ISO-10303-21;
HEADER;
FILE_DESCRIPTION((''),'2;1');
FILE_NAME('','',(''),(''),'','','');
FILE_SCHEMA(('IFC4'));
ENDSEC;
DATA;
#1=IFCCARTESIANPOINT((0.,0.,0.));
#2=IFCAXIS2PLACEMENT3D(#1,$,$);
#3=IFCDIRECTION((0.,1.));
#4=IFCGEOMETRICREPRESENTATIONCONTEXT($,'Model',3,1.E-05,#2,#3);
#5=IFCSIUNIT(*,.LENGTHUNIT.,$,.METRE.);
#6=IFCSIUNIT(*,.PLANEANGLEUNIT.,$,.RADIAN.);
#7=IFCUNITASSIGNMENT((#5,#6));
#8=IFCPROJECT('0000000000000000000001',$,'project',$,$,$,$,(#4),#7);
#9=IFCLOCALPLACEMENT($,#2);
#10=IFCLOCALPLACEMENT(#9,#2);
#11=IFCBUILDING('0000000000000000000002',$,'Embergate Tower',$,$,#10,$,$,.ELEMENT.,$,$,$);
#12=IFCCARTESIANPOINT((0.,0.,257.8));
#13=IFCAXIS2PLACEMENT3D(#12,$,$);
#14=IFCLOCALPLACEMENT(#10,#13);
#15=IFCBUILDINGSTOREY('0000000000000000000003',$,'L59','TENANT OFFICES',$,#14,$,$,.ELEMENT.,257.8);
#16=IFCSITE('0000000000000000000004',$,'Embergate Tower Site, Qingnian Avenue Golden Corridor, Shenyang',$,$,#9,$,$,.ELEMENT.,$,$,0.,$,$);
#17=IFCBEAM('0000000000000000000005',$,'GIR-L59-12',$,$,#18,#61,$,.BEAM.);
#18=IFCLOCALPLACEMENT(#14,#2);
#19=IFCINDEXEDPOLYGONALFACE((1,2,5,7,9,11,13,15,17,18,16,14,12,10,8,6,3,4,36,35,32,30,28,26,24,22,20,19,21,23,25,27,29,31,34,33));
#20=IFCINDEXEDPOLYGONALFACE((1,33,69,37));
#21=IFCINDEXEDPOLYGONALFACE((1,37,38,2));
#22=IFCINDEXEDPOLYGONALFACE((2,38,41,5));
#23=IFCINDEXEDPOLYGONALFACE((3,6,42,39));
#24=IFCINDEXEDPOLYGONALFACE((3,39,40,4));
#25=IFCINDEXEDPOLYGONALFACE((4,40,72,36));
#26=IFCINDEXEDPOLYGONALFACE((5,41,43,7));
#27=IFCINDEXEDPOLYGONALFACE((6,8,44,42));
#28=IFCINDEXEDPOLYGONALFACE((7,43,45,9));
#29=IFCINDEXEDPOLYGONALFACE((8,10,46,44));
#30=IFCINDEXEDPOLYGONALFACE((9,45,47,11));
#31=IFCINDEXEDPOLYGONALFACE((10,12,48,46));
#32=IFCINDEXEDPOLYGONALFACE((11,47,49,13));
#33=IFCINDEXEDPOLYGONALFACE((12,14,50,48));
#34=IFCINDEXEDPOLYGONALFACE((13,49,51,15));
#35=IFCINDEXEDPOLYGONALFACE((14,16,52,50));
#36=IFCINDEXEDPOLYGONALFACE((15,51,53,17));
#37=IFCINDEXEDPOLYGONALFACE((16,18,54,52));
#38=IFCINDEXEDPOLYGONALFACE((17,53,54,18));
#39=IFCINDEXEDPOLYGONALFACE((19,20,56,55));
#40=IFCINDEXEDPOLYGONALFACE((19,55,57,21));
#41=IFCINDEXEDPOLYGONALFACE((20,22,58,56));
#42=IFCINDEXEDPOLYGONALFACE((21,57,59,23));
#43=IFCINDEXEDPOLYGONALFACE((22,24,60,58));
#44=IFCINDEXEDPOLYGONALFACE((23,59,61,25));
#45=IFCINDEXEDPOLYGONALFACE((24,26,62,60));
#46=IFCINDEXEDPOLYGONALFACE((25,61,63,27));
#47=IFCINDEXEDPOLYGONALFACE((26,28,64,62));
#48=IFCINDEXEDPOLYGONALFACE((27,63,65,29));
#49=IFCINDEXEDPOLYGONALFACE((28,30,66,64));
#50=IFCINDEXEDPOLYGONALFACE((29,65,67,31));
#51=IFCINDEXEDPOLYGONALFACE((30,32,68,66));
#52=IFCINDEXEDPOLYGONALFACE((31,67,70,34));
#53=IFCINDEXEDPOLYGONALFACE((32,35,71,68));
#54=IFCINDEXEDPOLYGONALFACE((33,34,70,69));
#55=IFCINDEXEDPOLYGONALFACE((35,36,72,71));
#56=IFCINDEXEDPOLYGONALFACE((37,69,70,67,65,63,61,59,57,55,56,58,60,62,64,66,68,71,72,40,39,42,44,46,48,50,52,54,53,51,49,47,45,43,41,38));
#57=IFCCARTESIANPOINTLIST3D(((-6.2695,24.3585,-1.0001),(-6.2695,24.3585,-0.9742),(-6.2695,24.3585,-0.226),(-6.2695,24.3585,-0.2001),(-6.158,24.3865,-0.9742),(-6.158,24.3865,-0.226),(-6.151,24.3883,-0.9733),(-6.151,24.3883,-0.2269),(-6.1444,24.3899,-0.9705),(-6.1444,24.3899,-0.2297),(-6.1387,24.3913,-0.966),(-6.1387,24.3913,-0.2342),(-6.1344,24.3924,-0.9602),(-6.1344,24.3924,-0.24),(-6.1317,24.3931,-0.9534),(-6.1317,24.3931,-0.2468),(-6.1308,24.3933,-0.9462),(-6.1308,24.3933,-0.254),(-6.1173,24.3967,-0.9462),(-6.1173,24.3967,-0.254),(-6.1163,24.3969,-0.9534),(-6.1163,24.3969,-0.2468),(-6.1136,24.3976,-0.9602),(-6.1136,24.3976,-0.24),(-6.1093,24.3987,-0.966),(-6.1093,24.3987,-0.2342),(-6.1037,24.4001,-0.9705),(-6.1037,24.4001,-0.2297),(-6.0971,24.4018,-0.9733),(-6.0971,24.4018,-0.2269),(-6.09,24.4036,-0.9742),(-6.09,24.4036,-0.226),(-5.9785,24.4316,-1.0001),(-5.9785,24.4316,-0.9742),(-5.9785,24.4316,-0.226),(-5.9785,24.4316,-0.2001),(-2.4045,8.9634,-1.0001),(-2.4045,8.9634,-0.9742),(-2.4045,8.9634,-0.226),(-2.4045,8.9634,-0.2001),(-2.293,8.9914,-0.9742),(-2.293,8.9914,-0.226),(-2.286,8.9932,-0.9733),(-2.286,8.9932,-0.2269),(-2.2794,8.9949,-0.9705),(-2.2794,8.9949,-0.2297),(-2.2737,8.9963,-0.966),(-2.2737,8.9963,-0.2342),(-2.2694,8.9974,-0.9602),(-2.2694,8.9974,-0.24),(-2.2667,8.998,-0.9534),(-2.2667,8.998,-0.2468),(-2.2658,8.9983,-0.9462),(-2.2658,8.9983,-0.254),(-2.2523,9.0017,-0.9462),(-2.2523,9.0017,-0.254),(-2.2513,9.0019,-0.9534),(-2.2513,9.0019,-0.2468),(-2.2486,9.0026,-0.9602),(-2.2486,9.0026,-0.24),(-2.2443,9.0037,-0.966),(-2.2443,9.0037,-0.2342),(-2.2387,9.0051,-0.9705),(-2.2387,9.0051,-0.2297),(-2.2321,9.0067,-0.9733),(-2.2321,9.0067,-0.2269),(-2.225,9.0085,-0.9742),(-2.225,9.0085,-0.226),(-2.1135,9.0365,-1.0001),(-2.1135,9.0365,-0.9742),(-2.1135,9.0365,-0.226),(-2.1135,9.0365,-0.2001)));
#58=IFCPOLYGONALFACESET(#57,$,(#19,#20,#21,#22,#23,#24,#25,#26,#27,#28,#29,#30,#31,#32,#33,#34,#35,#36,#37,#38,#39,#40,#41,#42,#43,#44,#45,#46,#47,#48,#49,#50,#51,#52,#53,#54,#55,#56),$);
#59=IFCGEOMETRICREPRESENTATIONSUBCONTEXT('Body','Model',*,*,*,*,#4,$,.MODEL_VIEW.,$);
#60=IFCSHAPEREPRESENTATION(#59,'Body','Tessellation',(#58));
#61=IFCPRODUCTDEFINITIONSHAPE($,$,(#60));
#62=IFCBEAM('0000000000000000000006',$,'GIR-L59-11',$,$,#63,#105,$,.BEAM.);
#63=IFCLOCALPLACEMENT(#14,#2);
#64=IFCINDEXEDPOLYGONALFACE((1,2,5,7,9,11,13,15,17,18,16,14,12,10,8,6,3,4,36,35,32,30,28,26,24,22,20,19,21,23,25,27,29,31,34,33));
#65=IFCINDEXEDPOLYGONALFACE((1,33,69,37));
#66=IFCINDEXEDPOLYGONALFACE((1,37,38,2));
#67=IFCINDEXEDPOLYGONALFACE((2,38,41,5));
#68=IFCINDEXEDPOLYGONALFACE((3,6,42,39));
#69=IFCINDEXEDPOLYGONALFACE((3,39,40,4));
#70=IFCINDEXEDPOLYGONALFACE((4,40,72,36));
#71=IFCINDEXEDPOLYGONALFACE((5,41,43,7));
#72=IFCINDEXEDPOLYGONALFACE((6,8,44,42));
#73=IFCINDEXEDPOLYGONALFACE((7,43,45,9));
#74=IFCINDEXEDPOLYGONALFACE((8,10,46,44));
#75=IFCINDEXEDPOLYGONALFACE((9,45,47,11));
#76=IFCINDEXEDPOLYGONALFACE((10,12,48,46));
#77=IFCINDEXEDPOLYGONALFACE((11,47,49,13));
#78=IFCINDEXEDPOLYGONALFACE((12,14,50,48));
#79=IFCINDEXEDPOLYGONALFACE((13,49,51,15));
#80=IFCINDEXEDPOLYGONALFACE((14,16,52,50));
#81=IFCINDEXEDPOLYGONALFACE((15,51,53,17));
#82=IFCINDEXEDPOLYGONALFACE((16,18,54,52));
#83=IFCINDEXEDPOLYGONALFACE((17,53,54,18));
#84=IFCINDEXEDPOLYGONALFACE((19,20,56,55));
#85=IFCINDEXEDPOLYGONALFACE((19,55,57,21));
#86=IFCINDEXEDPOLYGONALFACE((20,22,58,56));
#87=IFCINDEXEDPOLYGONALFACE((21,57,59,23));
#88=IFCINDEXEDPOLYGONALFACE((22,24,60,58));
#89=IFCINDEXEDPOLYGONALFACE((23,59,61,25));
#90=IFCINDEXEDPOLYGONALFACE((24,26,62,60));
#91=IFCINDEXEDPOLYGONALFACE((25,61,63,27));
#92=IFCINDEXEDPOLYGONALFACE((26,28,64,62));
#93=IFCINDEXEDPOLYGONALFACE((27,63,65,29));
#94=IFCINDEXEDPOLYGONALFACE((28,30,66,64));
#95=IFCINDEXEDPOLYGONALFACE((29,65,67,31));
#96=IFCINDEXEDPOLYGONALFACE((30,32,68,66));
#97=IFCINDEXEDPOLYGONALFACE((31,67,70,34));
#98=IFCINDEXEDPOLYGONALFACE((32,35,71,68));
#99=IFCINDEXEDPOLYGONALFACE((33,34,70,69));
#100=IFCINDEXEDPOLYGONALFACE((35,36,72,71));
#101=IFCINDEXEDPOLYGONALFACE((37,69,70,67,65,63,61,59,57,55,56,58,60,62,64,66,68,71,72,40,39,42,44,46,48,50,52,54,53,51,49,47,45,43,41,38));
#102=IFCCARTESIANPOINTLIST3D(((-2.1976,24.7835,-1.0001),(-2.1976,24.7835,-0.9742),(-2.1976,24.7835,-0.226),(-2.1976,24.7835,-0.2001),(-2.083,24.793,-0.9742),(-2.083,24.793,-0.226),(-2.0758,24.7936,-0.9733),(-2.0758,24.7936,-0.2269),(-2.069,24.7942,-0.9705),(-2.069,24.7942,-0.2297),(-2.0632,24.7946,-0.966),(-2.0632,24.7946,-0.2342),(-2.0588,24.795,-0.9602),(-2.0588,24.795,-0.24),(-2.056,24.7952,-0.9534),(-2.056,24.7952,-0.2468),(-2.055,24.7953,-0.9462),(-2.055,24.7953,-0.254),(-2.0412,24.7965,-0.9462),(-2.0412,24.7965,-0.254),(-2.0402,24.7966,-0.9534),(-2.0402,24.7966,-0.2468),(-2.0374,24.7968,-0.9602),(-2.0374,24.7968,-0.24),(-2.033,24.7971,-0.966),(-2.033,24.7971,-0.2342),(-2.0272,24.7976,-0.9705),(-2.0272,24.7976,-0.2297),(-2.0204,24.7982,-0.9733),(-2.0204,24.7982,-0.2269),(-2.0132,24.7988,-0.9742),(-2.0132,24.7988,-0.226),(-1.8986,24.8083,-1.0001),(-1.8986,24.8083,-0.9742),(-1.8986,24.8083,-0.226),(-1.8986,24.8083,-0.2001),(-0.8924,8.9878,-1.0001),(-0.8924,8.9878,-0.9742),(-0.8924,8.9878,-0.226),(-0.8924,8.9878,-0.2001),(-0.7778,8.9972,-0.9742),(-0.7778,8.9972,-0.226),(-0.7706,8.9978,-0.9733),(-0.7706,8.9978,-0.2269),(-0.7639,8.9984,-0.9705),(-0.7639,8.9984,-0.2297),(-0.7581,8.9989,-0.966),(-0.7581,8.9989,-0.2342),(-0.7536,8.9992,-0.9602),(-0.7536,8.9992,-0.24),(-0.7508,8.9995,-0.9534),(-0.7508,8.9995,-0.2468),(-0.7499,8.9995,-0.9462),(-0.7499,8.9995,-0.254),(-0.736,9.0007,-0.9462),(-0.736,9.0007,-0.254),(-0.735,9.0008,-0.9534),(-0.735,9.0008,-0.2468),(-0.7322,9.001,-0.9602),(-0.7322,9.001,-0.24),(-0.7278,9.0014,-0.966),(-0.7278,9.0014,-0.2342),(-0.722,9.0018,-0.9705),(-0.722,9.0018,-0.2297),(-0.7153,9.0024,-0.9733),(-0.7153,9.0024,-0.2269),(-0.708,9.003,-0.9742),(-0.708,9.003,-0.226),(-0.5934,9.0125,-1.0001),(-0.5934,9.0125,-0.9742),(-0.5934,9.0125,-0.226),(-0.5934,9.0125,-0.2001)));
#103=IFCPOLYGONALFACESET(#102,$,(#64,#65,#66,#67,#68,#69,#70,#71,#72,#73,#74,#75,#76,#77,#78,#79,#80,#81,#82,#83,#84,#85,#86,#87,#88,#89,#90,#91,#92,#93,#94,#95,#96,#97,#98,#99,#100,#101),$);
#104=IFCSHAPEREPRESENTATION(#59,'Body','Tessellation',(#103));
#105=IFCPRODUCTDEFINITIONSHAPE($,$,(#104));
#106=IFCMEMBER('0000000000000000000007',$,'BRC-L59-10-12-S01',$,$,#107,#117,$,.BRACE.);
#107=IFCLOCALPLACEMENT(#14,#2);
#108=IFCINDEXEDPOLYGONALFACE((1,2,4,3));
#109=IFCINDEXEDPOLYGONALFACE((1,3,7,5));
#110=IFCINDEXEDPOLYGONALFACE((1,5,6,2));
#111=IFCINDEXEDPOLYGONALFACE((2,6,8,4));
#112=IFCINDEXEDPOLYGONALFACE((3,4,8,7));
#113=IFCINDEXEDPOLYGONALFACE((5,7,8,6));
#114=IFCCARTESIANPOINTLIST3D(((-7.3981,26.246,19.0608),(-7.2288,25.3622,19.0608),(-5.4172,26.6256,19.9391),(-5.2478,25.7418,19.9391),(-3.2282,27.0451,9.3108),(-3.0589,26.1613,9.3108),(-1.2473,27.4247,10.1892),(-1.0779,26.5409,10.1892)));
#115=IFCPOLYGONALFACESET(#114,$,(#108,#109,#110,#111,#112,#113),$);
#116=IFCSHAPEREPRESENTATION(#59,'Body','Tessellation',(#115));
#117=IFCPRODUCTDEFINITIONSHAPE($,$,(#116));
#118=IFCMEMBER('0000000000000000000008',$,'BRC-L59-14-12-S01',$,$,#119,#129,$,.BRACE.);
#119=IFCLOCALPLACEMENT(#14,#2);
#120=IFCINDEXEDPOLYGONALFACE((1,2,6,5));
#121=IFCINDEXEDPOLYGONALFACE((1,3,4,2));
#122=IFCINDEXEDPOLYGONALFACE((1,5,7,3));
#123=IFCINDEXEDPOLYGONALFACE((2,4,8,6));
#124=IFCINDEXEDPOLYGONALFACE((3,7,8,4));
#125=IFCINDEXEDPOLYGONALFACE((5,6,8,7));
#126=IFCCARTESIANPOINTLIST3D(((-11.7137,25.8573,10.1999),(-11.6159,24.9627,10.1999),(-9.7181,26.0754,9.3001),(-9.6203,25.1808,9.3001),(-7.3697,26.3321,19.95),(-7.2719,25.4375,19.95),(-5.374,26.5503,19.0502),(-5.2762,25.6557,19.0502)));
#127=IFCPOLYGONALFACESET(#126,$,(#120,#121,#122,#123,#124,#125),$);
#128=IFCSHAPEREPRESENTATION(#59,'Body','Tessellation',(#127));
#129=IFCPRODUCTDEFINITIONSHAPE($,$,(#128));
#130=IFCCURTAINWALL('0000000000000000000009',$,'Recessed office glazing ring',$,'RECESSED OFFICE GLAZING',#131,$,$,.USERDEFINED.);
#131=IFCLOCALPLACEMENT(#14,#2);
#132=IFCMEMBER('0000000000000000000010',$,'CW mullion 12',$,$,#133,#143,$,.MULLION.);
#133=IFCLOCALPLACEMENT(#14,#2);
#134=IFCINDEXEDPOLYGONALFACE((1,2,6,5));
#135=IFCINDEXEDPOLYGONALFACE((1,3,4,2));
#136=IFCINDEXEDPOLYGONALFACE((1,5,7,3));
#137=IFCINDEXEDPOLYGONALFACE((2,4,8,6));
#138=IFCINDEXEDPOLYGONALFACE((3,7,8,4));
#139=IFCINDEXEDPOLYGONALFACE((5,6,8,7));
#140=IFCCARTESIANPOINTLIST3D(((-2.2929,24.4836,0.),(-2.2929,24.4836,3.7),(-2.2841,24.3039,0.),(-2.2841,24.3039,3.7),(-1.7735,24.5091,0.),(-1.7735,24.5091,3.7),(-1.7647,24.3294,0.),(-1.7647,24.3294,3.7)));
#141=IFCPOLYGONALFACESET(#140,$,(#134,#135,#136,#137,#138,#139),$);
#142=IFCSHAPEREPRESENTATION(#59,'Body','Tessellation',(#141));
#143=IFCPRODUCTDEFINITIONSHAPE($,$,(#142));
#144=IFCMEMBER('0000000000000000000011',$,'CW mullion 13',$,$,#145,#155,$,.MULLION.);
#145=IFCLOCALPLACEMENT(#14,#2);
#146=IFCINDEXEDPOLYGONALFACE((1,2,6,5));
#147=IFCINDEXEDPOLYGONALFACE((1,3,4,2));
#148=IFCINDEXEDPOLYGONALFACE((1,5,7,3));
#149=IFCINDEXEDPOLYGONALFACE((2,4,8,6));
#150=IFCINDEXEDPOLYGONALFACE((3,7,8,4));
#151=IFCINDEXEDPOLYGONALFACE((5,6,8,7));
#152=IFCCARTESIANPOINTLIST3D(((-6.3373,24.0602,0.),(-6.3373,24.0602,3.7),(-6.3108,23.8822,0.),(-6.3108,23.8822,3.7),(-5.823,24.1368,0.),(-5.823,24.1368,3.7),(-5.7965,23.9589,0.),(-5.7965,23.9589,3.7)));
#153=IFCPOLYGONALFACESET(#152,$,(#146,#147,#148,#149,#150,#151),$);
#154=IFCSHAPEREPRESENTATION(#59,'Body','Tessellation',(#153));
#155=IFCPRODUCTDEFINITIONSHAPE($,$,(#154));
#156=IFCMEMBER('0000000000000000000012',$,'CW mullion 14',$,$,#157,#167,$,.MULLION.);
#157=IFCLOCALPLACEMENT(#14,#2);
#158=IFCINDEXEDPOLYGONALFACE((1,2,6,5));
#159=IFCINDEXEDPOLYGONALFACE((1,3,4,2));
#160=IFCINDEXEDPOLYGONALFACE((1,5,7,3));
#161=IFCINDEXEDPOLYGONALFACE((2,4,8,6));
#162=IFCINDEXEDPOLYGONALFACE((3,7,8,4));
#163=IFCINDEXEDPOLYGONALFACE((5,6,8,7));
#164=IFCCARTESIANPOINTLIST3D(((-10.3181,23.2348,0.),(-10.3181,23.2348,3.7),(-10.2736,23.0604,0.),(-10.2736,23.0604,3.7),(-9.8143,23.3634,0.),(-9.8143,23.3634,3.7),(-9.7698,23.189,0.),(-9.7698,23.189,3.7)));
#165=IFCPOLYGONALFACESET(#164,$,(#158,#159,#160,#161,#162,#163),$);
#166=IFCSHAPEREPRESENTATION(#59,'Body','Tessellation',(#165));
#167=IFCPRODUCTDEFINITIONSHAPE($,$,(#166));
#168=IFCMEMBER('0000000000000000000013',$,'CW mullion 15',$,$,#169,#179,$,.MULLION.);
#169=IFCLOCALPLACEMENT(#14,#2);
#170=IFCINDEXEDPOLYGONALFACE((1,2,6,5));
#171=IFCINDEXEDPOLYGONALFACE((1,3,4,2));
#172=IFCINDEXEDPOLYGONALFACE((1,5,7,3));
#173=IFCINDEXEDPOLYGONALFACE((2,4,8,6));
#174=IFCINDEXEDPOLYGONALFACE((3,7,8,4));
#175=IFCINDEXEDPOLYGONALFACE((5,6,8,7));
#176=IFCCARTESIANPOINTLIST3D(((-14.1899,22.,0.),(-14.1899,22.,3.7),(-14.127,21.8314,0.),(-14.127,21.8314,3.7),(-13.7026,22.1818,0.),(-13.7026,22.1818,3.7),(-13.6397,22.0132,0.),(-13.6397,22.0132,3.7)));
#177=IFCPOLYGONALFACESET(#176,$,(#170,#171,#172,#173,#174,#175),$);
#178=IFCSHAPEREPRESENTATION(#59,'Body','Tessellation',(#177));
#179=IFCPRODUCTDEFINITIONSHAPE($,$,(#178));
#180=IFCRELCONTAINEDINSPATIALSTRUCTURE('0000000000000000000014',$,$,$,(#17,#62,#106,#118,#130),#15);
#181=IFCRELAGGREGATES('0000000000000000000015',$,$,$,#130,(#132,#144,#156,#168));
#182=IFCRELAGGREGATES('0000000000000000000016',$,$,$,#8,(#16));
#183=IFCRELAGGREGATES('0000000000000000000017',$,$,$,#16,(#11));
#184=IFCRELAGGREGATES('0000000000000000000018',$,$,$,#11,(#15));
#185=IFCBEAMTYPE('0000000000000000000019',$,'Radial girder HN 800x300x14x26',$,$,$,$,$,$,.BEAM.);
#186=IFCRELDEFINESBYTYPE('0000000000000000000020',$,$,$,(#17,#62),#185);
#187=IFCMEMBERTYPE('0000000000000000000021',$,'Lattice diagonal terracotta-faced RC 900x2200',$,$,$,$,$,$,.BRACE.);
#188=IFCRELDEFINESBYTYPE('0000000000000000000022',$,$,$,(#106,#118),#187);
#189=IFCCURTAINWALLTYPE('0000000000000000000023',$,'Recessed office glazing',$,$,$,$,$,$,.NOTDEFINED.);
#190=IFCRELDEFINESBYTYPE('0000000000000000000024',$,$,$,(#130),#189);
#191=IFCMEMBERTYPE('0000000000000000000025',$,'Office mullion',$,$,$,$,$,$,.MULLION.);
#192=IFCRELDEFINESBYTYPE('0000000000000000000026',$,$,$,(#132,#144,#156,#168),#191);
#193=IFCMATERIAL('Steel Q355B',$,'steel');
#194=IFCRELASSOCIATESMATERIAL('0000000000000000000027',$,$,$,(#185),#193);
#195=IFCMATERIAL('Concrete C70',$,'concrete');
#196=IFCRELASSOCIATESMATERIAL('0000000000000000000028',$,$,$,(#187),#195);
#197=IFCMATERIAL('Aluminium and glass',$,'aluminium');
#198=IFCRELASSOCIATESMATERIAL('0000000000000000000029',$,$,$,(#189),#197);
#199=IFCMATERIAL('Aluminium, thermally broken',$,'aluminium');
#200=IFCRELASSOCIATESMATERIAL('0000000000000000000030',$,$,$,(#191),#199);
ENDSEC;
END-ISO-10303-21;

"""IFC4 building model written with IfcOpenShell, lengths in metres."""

from ifc_helpers import new_model, si_unit, direction, frame, origin, origin_2d, place, context, subcontext, project, spatial, rectangle, i_section, extrude, source, transform, mapped, material, material_profile, profile_set, type_object, element, aggregate, save


model = new_model("IFC4")

# Units and contexts
model_context = context("Model", 3, precision=1e-05, world=origin(), true_north=direction((0.0, 1.0)))
body_context = subcontext(model_context, "Body", "Model", "MODEL_VIEW")
ifc_project = project(units=[si_unit("LENGTHUNIT", "METRE"), si_unit("PLANEANGLEUNIT", "RADIAN")], contexts=[model_context])

# Site, building, storey
site_placement = place(None, origin())
site = spatial("IfcSite", under=ifc_project, at=site_placement, Name="Embergate Tower Site, Qingnian Avenue Golden Corridor, Shenyang", CompositionType="ELEMENT", RefElevation=0.0)
building_placement = place(site_placement, origin())
building = spatial("IfcBuilding", under=site, at=building_placement, Name="Embergate Tower", CompositionType="ELEMENT")
storey_placement = place(building_placement, frame((0.0, 0.0, 257.8)))
storey = spatial("IfcBuildingStorey", under=building, at=storey_placement, Name="L59", Description="TENANT OFFICES", CompositionType="ELEMENT", Elevation=257.8)

# Beams
ifc_material_1 = material(Name="Steel Q355B", Category="steel")
ifc_material_profile_1 = material_profile(ifc_material_1, i_section(OverallWidth=0.3, OverallDepth=0.8, WebThickness=0.0139, FlangeThickness=0.0259, FilletRadius=0.0281, at=origin_2d()), Name="HN 800x300x14x26")
ifc_profile_set_1 = profile_set([ifc_material_profile_1], Name="Steel Q355 grade B")
beam_type_1 = type_object("IfcBeamType", Name="Radial girder HN 800x300x14x26", PredefinedType="BEAM", material=ifc_profile_set_1)
shared_shape_1 = source(origin(), body_context, "Body", "SweptSolid", [
    extrude(i_section(OverallWidth=0.3, OverallDepth=0.8, WebThickness=0.0139, FlangeThickness=0.0259, FilletRadius=0.0281, at=origin_2d()), origin(), (0.0, 0.0, 1.0), 15.8728),
])
beam_1_placement = place(storey_placement, frame((-6.124, 24.395, -0.6001), z_axis=(0.243498, -0.969901, 0.0), x_axis=(0.969901, 0.243498, 0.0)))
element("IfcBeam", 1, at=beam_1_placement, inside=storey, type_object=beam_type_1, Name="GIR-L59-12", PredefinedType="BEAM", context=body_context, shape_type="MappedRepresentation", body=[
    mapped(shared_shape_1, transform((0.0, 0.0, 0.0))),
])
shared_shape_2 = source(origin(), body_context, "Body", "SweptSolid", [
    extrude(i_section(OverallWidth=0.3, OverallDepth=0.8, WebThickness=0.0139, FlangeThickness=0.0259, FilletRadius=0.0281, at=origin_2d()), origin(), (0.0, 0.0, 1.0), 15.8496),
])
beam_2_placement = place(storey_placement, frame((-2.0481, 24.7959, -0.6001), z_axis=(0.082347, -0.996604, 0.0), x_axis=(0.996604, 0.082347, 0.0)))
element("IfcBeam", 2, at=beam_2_placement, inside=storey, type_object=beam_type_1, Name="GIR-L59-11", PredefinedType="BEAM", context=body_context, shape_type="MappedRepresentation", body=[
    mapped(shared_shape_2, transform((0.0, 0.0, 0.0))),
])

# Members
ifc_material_2 = material(Name="Concrete C70", Category="concrete")
ifc_material_profile_2 = material_profile(ifc_material_2, rectangle(XDim=0.8999, YDim=2.2, at=origin_2d()), Name="RC 900x2200")
ifc_profile_set_2 = profile_set([ifc_material_profile_2], Name="Concrete C70")
member_type_1 = type_object("IfcMemberType", Name="Lattice diagonal terracotta-faced RC 900x2200", PredefinedType="BRACE", material=ifc_profile_set_2)
shared_shape_3 = source(origin(), body_context, "Body", "SweptSolid", [
    extrude(rectangle(XDim=0.8999, YDim=2.2, at=origin_2d()), origin(), (0.0, 0.0, 1.0), 10.6343),
])
member_1_placement = place(storey_placement, frame((-2.1531, 26.793, 9.75), z_axis=(-0.392118, -0.075141, 0.916841), x_axis=(0.188203, -0.98213, 0.0)))
element("IfcMember", 3, at=member_1_placement, inside=storey, type_object=member_type_1, Name="BRC-L59-10-12-S01", PredefinedType="BRACE", context=body_context, shape_type="MappedRepresentation", body=[
    mapped(shared_shape_3, transform((0.0, 0.0, 0.0))),
])
shared_shape_4 = source(origin(), body_context, "Body", "SweptSolid", [
    extrude(rectangle(XDim=0.8999, YDim=2.2, at=origin_2d()), origin(), (0.0, 0.0, 1.0), 10.6846),
])
member_2_placement = place(storey_placement, frame((-10.667, 25.519, 9.75), z_axis=(0.40657, 0.044443, 0.912538), x_axis=(-0.108665, 0.994078, 0.0)))
element("IfcMember", 4, at=member_2_placement, inside=storey, type_object=member_type_1, Name="BRC-L59-14-12-S01", PredefinedType="BRACE", context=body_context, shape_type="MappedRepresentation", body=[
    mapped(shared_shape_4, transform((0.0, 0.0, 0.0))),
])

# Curtain wall, members
ifc_material_3 = material(Name="Aluminium and glass", Category="aluminium")
curtain_wall_type = type_object("IfcCurtainWallType", Name="Recessed office glazing", PredefinedType="NOTDEFINED", material=ifc_material_3)
curtain_wall_placement = place(storey_placement, origin())
curtain_wall = element("IfcCurtainWall", 5, at=curtain_wall_placement, inside=storey, type_object=curtain_wall_type, Name="Recessed office glazing ring", ObjectType="RECESSED OFFICE GLAZING", PredefinedType="USERDEFINED")
ifc_material_4 = material(Name="Aluminium, thermally broken", Category="aluminium")
ifc_material_profile_3 = material_profile(ifc_material_4, rectangle(XDim=0.1799, YDim=0.52, at=origin_2d()), Name="AL 520x180")
ifc_profile_set_3 = profile_set([ifc_material_profile_3], Name="Aluminium, thermally broken")
member_type_2 = type_object("IfcMemberType", Name="Office mullion", PredefinedType="MULLION", material=ifc_profile_set_3)
shared_shape_5 = source(origin(), body_context, "Body", "SweptSolid", [
    extrude(rectangle(XDim=0.1799, YDim=0.52, at=origin_2d()), origin(), (0.0, 0.0, 1.0), 3.7),
])
member_3_placement = place(storey_placement, frame((-2.0288, 24.4065, 0.0), z_axis=(0.0, 0.0, 1.0), x_axis=(0.04897, -0.9988, 0.0)))
member_3 = element("IfcMember", 6, at=member_3_placement, type_object=member_type_2, Name="CW mullion 12", PredefinedType="MULLION", context=body_context, shape_type="MappedRepresentation", body=[
    mapped(shared_shape_5, transform((0.0, 0.0, 0.0))),
])
member_4_placement = place(storey_placement, frame((-6.0669, 24.0095, 0.0), z_axis=(0.0, 0.0, 1.0), x_axis=(0.147411, -0.989075, 0.0)))
member_4 = element("IfcMember", 7, at=member_4_placement, type_object=member_type_2, Name="CW mullion 13", PredefinedType="MULLION", context=body_context, shape_type="MappedRepresentation", body=[
    mapped(shared_shape_5, transform((0.0, 0.0, 0.0))),
])
member_5_placement = place(storey_placement, frame((-10.0439, 23.2119, 0.0), z_axis=(0.0, 0.0, 1.0), x_axis=(0.247308, -0.968937, 0.0)))
member_5 = element("IfcMember", 8, at=member_5_placement, type_object=member_type_2, Name="CW mullion 14", PredefinedType="MULLION", context=body_context, shape_type="MappedRepresentation", body=[
    mapped(shared_shape_5, transform((0.0, 0.0, 0.0))),
])
member_6_placement = place(storey_placement, frame((-13.9148, 22.0066, 0.0), z_axis=(0.0, 0.0, 1.0), x_axis=(0.349498, -0.936937, 0.0)))
member_6 = element("IfcMember", 9, at=member_6_placement, type_object=member_type_2, Name="CW mullion 15", PredefinedType="MULLION", context=body_context, shape_type="MappedRepresentation", body=[
    mapped(shared_shape_5, transform((0.0, 0.0, 0.0))),
])
aggregate(curtain_wall, [member_3, member_4, member_5, member_6])

save(model, "model.ifc")
